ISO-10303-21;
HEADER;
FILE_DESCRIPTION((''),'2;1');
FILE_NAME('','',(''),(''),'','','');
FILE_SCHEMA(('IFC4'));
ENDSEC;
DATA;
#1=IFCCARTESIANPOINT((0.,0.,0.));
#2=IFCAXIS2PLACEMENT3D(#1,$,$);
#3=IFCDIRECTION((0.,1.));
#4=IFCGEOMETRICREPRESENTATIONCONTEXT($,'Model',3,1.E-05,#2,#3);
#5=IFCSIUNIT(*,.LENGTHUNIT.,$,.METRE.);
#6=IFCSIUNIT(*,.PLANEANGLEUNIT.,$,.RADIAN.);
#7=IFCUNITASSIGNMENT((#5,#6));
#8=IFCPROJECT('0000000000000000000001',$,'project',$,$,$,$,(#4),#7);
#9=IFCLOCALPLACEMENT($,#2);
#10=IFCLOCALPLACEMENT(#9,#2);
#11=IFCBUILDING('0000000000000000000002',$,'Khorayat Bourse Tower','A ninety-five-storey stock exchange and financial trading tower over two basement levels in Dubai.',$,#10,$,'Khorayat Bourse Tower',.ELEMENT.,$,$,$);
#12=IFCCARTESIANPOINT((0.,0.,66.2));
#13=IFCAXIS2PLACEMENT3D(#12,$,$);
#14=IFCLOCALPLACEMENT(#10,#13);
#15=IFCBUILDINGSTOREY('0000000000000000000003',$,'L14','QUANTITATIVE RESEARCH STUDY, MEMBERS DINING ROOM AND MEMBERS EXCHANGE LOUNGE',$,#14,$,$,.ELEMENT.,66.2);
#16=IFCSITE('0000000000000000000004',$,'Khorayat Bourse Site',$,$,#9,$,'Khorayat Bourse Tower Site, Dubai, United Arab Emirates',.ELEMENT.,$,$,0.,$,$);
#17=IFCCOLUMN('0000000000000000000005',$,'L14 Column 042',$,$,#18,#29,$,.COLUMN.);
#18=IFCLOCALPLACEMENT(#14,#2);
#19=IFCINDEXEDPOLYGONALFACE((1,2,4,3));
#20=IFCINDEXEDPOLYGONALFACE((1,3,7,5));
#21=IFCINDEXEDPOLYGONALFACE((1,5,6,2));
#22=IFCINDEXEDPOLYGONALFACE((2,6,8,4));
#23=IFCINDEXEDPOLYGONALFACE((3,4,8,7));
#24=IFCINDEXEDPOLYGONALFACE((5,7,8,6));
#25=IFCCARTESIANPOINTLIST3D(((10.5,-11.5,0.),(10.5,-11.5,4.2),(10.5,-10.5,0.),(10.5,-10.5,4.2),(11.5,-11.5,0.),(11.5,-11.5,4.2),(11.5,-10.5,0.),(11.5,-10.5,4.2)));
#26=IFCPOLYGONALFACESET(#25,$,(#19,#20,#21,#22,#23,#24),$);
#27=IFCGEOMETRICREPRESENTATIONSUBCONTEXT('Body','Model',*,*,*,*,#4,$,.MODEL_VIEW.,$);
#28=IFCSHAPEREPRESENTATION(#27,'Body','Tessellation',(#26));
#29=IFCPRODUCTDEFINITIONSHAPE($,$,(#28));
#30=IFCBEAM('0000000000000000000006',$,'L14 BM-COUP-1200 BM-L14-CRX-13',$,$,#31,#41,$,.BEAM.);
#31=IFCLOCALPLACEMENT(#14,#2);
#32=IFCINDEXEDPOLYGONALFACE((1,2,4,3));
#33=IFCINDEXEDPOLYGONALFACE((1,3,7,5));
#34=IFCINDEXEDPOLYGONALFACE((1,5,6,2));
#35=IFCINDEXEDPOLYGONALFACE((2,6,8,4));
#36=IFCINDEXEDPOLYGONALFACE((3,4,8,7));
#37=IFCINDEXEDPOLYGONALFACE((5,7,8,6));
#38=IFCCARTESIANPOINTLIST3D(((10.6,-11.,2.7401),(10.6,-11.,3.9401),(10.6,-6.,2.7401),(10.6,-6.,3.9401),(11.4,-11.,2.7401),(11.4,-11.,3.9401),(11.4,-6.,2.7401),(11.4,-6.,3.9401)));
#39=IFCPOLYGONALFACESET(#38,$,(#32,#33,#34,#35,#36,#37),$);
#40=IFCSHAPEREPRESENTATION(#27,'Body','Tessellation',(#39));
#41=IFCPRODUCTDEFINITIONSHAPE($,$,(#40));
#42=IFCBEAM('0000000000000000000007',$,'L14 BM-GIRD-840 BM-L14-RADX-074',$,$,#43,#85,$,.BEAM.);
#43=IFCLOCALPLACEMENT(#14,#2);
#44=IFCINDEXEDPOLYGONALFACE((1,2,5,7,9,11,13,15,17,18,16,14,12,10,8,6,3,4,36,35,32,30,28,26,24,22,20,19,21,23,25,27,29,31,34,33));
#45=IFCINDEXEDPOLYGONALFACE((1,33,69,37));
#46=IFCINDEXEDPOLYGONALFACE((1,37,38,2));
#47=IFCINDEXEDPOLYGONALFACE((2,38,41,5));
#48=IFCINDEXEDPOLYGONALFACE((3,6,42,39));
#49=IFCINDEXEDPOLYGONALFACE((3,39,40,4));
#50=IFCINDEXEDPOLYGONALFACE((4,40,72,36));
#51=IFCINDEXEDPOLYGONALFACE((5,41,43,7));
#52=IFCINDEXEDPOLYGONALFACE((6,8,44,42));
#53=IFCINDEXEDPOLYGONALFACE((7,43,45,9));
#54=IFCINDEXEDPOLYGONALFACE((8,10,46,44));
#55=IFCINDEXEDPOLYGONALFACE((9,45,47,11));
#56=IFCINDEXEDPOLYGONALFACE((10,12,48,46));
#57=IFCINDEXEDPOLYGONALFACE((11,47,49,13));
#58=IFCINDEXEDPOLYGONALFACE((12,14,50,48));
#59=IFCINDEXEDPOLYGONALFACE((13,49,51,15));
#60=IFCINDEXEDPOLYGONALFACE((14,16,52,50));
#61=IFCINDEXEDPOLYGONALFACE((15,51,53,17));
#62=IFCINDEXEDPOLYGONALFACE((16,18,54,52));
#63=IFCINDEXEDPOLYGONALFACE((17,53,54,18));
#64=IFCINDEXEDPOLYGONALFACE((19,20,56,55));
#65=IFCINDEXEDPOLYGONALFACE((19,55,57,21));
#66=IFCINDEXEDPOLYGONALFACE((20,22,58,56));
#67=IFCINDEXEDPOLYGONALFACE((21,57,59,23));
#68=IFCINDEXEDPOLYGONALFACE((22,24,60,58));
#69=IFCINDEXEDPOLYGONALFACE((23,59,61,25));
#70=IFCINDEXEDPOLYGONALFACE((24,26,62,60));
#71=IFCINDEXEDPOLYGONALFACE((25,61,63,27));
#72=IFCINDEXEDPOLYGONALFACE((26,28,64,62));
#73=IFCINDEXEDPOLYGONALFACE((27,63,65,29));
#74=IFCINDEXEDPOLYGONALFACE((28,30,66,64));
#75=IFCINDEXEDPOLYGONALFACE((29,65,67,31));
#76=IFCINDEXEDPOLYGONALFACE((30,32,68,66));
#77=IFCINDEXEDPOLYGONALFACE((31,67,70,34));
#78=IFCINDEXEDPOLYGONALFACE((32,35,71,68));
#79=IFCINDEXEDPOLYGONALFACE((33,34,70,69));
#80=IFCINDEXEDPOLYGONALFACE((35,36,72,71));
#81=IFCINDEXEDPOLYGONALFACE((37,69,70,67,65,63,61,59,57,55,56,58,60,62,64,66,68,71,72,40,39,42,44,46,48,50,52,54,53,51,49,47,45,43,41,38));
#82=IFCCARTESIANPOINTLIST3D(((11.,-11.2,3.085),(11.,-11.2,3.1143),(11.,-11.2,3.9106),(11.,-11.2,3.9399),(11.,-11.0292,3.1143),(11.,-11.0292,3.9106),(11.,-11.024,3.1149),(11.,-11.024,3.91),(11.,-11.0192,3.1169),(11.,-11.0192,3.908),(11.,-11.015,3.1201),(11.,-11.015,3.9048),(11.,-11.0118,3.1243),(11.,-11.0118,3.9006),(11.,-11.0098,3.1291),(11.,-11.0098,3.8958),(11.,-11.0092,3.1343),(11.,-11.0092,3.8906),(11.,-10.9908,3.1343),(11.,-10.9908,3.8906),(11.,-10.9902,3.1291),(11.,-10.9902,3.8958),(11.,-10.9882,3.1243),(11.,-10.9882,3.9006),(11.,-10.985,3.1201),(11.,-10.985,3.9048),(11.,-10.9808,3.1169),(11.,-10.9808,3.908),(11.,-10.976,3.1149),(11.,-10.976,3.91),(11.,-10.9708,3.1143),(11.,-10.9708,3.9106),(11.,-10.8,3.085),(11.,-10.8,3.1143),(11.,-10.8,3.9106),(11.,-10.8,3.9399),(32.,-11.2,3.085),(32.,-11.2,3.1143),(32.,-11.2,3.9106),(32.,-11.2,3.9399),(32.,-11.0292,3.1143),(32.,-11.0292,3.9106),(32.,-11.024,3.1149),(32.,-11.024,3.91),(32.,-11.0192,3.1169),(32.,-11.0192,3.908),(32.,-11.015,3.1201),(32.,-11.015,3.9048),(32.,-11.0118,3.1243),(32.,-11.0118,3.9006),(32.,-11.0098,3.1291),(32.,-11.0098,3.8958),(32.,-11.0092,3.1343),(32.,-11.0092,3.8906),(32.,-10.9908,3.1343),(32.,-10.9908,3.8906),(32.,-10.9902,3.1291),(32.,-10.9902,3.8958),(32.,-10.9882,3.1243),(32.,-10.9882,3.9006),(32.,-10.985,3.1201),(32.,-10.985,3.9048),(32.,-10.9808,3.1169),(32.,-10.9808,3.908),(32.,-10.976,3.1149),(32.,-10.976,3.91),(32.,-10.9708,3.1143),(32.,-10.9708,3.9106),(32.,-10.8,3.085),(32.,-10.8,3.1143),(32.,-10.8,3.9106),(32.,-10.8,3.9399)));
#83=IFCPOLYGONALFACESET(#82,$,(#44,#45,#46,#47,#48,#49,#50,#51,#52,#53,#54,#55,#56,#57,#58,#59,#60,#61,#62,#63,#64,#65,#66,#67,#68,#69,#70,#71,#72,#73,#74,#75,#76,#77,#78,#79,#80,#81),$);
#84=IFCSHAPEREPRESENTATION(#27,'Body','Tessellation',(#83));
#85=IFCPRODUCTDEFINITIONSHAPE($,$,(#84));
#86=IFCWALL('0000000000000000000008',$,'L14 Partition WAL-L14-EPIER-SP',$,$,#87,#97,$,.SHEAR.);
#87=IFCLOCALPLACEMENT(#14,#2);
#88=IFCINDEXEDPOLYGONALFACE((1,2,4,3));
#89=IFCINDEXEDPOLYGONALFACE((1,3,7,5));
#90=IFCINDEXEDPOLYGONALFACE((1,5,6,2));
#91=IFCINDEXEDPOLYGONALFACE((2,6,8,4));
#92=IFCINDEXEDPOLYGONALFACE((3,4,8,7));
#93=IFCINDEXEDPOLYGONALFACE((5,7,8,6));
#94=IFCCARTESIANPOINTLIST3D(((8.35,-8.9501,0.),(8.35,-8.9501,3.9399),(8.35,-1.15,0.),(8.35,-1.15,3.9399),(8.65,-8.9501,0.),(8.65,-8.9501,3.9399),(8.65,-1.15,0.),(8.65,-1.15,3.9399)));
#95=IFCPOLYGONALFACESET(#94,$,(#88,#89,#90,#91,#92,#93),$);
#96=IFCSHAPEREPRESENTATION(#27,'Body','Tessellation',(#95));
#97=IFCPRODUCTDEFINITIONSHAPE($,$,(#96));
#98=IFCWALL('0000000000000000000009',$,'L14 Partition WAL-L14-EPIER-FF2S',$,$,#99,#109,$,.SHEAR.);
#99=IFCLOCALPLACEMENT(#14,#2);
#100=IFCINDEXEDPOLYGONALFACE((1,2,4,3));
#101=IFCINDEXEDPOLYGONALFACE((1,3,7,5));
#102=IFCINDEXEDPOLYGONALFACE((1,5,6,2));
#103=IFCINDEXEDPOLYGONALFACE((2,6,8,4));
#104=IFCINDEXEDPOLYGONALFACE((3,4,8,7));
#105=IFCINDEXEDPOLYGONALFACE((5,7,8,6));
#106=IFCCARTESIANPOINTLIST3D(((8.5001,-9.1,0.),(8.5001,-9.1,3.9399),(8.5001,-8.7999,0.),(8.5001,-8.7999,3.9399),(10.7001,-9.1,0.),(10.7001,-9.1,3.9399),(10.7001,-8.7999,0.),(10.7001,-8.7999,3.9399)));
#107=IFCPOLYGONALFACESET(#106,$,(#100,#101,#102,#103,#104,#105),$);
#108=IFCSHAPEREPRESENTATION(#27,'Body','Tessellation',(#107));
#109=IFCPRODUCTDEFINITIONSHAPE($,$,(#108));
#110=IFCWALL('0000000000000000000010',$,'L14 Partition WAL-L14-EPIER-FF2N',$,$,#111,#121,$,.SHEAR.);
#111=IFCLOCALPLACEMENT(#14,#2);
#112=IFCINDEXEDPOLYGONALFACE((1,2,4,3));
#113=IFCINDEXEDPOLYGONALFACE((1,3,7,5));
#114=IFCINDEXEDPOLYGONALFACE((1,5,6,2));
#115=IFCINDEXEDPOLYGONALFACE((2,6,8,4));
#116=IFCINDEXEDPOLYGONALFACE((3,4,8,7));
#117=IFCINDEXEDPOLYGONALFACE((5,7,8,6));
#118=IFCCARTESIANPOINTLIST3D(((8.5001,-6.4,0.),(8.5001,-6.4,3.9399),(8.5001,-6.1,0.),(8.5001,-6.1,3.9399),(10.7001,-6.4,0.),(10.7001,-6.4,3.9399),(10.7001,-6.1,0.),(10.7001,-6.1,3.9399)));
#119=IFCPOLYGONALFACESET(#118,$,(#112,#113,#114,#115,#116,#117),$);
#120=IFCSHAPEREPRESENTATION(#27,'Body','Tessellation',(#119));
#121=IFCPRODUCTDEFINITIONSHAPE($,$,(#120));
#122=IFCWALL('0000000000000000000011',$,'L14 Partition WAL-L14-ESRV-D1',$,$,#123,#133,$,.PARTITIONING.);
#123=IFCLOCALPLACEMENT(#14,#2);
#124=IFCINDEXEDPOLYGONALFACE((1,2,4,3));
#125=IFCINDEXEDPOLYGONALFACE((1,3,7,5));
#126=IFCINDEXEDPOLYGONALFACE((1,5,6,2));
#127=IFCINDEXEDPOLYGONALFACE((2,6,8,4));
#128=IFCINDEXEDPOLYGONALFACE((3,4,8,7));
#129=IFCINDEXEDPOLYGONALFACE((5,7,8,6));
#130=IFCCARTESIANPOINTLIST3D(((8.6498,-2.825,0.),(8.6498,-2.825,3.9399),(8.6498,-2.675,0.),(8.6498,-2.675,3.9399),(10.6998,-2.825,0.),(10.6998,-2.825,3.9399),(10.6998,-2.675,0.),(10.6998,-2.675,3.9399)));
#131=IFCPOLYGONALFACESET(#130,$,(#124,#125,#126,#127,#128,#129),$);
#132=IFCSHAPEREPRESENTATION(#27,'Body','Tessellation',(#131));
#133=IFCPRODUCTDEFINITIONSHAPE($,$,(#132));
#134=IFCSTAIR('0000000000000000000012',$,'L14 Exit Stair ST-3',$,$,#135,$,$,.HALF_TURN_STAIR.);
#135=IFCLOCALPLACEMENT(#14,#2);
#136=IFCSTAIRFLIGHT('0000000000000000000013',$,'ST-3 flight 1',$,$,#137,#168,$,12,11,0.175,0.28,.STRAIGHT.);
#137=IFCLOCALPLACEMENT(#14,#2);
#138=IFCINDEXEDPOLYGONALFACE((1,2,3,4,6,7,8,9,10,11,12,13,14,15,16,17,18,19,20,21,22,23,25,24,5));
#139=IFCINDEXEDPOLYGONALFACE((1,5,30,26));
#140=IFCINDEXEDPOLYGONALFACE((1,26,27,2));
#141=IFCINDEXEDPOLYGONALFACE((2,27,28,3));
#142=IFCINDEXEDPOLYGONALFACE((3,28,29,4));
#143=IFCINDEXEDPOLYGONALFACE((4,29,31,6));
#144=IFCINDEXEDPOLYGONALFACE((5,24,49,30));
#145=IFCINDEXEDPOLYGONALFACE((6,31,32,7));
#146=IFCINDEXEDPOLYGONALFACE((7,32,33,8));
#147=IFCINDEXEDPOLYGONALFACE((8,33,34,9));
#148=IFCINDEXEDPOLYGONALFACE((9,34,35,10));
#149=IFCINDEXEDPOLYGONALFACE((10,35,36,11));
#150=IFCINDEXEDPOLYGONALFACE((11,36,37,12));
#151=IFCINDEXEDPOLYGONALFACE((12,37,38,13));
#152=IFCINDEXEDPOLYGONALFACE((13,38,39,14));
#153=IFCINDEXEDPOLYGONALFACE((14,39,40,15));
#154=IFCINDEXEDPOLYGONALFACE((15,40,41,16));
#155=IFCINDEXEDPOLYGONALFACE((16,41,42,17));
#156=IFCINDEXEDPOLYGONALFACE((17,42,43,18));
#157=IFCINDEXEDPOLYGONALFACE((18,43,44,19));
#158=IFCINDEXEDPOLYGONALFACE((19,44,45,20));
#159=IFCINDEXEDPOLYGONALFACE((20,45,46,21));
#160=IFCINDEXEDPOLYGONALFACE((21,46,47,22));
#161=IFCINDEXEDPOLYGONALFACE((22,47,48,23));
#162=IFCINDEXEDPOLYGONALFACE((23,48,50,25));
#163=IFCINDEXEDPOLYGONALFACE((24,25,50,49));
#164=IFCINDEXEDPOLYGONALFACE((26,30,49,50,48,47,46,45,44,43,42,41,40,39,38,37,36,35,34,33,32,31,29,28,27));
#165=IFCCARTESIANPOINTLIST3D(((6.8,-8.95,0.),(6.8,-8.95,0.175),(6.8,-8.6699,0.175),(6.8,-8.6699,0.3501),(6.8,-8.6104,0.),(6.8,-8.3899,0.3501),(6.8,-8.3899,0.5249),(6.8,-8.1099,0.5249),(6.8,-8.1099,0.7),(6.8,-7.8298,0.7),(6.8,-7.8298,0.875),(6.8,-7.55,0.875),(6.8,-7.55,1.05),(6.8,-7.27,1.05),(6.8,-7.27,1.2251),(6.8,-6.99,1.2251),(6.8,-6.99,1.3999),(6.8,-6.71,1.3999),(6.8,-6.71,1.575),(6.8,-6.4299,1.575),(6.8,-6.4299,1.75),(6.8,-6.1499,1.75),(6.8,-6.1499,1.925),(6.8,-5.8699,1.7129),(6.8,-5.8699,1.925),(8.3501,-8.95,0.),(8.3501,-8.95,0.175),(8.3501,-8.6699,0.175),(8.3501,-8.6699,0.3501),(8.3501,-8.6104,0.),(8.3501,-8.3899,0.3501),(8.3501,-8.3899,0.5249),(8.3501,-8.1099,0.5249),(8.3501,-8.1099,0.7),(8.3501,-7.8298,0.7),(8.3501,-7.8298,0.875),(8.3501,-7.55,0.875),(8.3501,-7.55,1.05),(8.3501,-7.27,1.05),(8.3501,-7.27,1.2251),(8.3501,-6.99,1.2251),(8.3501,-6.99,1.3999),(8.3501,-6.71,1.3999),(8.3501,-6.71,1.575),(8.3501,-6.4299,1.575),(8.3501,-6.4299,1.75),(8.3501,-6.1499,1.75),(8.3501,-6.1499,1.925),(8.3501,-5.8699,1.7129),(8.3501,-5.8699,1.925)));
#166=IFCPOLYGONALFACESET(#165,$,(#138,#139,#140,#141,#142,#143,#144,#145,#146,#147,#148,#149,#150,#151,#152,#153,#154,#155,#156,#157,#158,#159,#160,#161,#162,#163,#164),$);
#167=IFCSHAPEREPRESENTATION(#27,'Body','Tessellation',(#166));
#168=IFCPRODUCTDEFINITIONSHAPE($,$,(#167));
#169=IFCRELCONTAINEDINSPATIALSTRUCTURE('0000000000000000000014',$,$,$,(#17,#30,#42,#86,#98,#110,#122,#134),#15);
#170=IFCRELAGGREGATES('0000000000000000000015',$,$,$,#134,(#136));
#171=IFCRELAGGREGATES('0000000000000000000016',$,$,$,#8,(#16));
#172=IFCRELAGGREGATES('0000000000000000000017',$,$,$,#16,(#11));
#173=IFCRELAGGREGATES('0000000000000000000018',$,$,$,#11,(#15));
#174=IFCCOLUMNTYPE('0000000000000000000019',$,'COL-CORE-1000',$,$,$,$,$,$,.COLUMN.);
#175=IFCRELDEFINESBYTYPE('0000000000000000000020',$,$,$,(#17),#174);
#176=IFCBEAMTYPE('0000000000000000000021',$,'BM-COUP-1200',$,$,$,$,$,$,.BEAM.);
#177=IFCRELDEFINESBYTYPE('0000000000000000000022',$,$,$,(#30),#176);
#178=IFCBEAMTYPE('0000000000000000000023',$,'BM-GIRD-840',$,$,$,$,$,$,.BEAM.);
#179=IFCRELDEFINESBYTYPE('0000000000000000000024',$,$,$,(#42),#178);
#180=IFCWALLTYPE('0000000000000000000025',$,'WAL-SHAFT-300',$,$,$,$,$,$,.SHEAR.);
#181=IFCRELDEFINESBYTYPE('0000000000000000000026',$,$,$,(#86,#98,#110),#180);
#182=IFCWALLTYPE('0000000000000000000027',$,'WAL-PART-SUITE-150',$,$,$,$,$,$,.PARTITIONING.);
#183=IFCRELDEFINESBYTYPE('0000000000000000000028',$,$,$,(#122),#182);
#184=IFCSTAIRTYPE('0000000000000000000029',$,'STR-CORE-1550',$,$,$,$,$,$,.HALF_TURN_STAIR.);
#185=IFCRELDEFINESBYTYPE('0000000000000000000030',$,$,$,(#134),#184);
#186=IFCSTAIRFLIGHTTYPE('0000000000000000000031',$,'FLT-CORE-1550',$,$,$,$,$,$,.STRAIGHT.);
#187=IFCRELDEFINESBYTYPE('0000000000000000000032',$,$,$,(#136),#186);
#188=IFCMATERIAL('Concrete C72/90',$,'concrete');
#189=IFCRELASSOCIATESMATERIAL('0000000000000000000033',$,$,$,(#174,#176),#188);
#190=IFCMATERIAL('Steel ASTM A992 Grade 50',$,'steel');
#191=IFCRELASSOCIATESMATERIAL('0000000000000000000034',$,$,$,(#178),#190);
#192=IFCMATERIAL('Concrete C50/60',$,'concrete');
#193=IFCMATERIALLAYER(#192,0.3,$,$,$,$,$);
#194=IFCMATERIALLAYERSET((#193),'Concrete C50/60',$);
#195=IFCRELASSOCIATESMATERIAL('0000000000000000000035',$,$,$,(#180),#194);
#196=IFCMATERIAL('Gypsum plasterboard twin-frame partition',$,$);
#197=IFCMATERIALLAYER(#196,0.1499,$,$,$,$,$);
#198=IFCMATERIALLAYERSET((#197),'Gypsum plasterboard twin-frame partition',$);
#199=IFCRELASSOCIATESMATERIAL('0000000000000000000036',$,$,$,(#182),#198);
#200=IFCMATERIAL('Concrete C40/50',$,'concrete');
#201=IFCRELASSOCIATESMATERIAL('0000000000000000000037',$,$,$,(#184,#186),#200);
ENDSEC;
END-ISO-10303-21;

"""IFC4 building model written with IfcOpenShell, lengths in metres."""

from ifc_helpers import new_model, si_unit, direction, frame, frame_2d, origin, origin_2d, place, context, subcontext, project, spatial, polyline, rectangle, i_section, outline, extrude, source, transform, mapped, material, layer, layer_set, material_profile, profile_set, type_object, element, aggregate, save


model = new_model("IFC4")

# Units and contexts
model_context = context("Model", 3, precision=1e-05, world=origin(), true_north=direction((0.0, 1.0)))
body_context = subcontext(model_context, "Body", "Model", "MODEL_VIEW")
ifc_project = project(units=[si_unit("LENGTHUNIT", "METRE"), si_unit("PLANEANGLEUNIT", "RADIAN")], contexts=[model_context])

# Site, building, storey
site_placement = place(None, origin())
site = spatial("IfcSite", under=ifc_project, at=site_placement, Name="Khorayat Bourse Site", LongName="Khorayat Bourse Tower Site, Dubai, United Arab Emirates", CompositionType="ELEMENT", RefElevation=0.0)
building_placement = place(site_placement, origin())
building = spatial("IfcBuilding", under=site, at=building_placement, Name="Khorayat Bourse Tower", Description="A ninety-five-storey stock exchange and financial trading tower over two basement levels in Dubai.", LongName="Khorayat Bourse Tower", CompositionType="ELEMENT")
storey_placement = place(building_placement, frame((0.0, 0.0, 66.2)))
storey = spatial("IfcBuildingStorey", under=building, at=storey_placement, Name="L14", Description="QUANTITATIVE RESEARCH STUDY, MEMBERS DINING ROOM AND MEMBERS EXCHANGE LOUNGE", CompositionType="ELEMENT", Elevation=66.2)

# Column
ifc_material_1 = material(Name="Concrete C72/90", Category="concrete")
ifc_material_profile_1 = material_profile(ifc_material_1, rectangle(XDim=1.0, YDim=1.0, at=origin_2d()), Name="RC 1000x1000")
ifc_profile_set_1 = profile_set([ifc_material_profile_1], Name="Concrete C72/90")
column_type = type_object("IfcColumnType", Name="COL-CORE-1000", PredefinedType="COLUMN", material=ifc_profile_set_1)
shared_shape_1 = source(origin(), body_context, "Body", "SweptSolid", [
    extrude(rectangle(XDim=1.0, YDim=1.0, at=origin_2d()), origin(), (0.0, 0.0, 1.0), 4.2),
])
column_placement = place(storey_placement, frame((11.0, -11.0, 0.0), z_axis=(0.0, 0.0, 1.0), x_axis=(1.0, 0.0, 0.0)))
element("IfcColumn", 1, at=column_placement, inside=storey, type_object=column_type, Name="L14 Column 042", PredefinedType="COLUMN", context=body_context, shape_type="MappedRepresentation", body=[
    mapped(shared_shape_1, transform((0.0, 0.0, 0.0), scale=1.0)),
])

# Beams
ifc_material_profile_2 = material_profile(ifc_material_1, rectangle(XDim=0.8, YDim=1.2, at=origin_2d()), Name="RC 800x1200")
ifc_profile_set_2 = profile_set([ifc_material_profile_2], Name="Concrete C72/90")
beam_type_1 = type_object("IfcBeamType", Name="BM-COUP-1200", PredefinedType="BEAM", material=ifc_profile_set_2)
shared_shape_2 = source(origin(), body_context, "Body", "SweptSolid", [
    extrude(rectangle(XDim=0.8, YDim=1.2, at=origin_2d()), origin(), (0.0, 0.0, 1.0), 5.0),
])
beam_1_placement = place(storey_placement, frame((11.0, -11.0, 3.3401), z_axis=(0.0, 1.0, 0.0), x_axis=(-1.0, 0.0, 0.0)))
element("IfcBeam", 2, at=beam_1_placement, inside=storey, type_object=beam_type_1, Name="L14 BM-COUP-1200 BM-L14-CRX-13", PredefinedType="BEAM", context=body_context, shape_type="MappedRepresentation", body=[
    mapped(shared_shape_2, transform((0.0, 0.0, 0.0), scale=1.0)),
])
ifc_material_2 = material(Name="Steel ASTM A992 Grade 50", Category="steel")
ifc_material_profile_3 = material_profile(ifc_material_2, i_section(OverallWidth=0.3999, OverallDepth=0.855, WebThickness=0.0183, FlangeThickness=0.0293, FilletRadius=0.02, at=origin_2d()), Name="W840X299")
ifc_profile_set_3 = profile_set([ifc_material_profile_3], Name="Steel ASTM A992 Grade 50")
beam_type_2 = type_object("IfcBeamType", Name="BM-GIRD-840", PredefinedType="BEAM", material=ifc_profile_set_3)
shared_shape_3 = source(origin(), body_context, "Body", "SweptSolid", [
    extrude(i_section(OverallWidth=0.3999, OverallDepth=0.855, WebThickness=0.0183, FlangeThickness=0.0293, FilletRadius=0.02, at=origin_2d()), origin(), (0.0, 0.0, 1.0), 21.0),
])
beam_2_placement = place(storey_placement, frame((11.0, -11.0, 3.5125), z_axis=(1.0, 0.0, 0.0), x_axis=(0.0, 1.0, 0.0)))
element("IfcBeam", 3, at=beam_2_placement, inside=storey, type_object=beam_type_2, Name="L14 BM-GIRD-840 BM-L14-RADX-074", PredefinedType="BEAM", context=body_context, shape_type="MappedRepresentation", body=[
    mapped(shared_shape_3, transform((0.0, 0.0, 0.0), scale=1.0)),
])

# Walls
ifc_material_3 = material(Name="Concrete C50/60", Category="concrete")
ifc_layer_1 = layer(ifc_material_3, 0.3)
ifc_layer_set_1 = layer_set([ifc_layer_1], Name="Concrete C50/60")
wall_type_1 = type_object("IfcWallType", Name="WAL-SHAFT-300", PredefinedType="SHEAR", material=ifc_layer_set_1)
shared_shape_4 = source(origin(), body_context, "Body", "SweptSolid", [
    extrude(rectangle(XDim=7.8, YDim=0.3, at=frame_2d((3.8999, 0.0))), origin(), (0.0, 0.0, 1.0), 3.9399),
])
wall_1_placement = place(storey_placement, frame((8.5, -8.95, 0.0), z_axis=(0.0, 0.0, 1.0), x_axis=(0.0, 1.0, 0.0)))
element("IfcWall", 4, at=wall_1_placement, inside=storey, type_object=wall_type_1, Name="L14 Partition WAL-L14-EPIER-SP", PredefinedType="SHEAR", context=body_context, shape_type="MappedRepresentation", body=[
    mapped(shared_shape_4, transform((0.0, 0.0, 0.0), scale=1.0)),
])
shared_shape_5 = source(origin(), body_context, "Body", "SweptSolid", [
    extrude(rectangle(XDim=2.2, YDim=0.3, at=frame_2d((1.1001, 0.0))), origin(), (0.0, 0.0, 1.0), 3.9399),
])
for number, where, z_axis, x_axis, name in (
    (5, (8.5, -8.95, 0.0), (0.0, 0.0, 1.0), (1.0, 0.0, 0.0), "L14 Partition WAL-L14-EPIER-FF2S"),
    (6, (8.5, -6.25, 0.0), (0.0, 0.0, 1.0), (1.0, 0.0, 0.0), "L14 Partition WAL-L14-EPIER-FF2N"),
):
    element("IfcWall", number, at=place(storey_placement, frame(where, z_axis=z_axis, x_axis=x_axis)), inside=storey, type_object=wall_type_1, Name=name, PredefinedType="SHEAR", context=body_context, shape_type="MappedRepresentation", body=[
        mapped(shared_shape_5, transform((0.0, 0.0, 0.0), scale=1.0)),
    ])
ifc_material_4 = material(Name="Gypsum plasterboard twin-frame partition")
ifc_layer_2 = layer(ifc_material_4, 0.1499)
ifc_layer_set_2 = layer_set([ifc_layer_2], Name="Gypsum plasterboard twin-frame partition")
wall_type_2 = type_object("IfcWallType", Name="WAL-PART-SUITE-150", PredefinedType="PARTITIONING", material=ifc_layer_set_2)
shared_shape_6 = source(origin(), body_context, "Body", "SweptSolid", [
    extrude(rectangle(XDim=2.05, YDim=0.1499, at=frame_2d((1.0249, 0.0))), origin(), (0.0, 0.0, 1.0), 3.9399),
])
wall_2_placement = place(storey_placement, frame((8.6499, -2.75, 0.0), z_axis=(0.0, 0.0, 1.0), x_axis=(1.0, 0.0, 0.0)))
element("IfcWall", 7, at=wall_2_placement, inside=storey, type_object=wall_type_2, Name="L14 Partition WAL-L14-ESRV-D1", PredefinedType="PARTITIONING", context=body_context, shape_type="MappedRepresentation", body=[
    mapped(shared_shape_6, transform((0.0, 0.0, 0.0), scale=1.0)),
])

# Stair, stair flight
ifc_material_5 = material(Name="Concrete C40/50", Category="concrete")
stair_type = type_object("IfcStairType", Name="STR-CORE-1550", PredefinedType="HALF_TURN_STAIR", material=ifc_material_5)
stair_placement = place(storey_placement, origin())
stair = element("IfcStair", 8, at=stair_placement, inside=storey, type_object=stair_type, Name="L14 Exit Stair ST-3", PredefinedType="HALF_TURN_STAIR")
stair_flight_type = type_object("IfcStairFlightType", Name="FLT-CORE-1550", PredefinedType="STRAIGHT", material=ifc_material_5)
shared_shape_7 = source(origin(), body_context, "Body", "SweptSolid", [
    extrude(outline(polyline([(0.0, 0.0), (0.0, 0.175), (0.28, 0.175), (0.28, 0.3501), (0.5601, 0.3501), (0.5601, 0.5249), (0.8401, 0.5249), (0.8401, 0.7), (1.1201, 0.7), (1.1201, 0.875), (1.3999, 0.875), (1.3999, 1.05), (1.6799, 1.05), (1.6799, 1.2251), (1.96, 1.2251), (1.96, 1.3999), (2.24, 1.3999), (2.24, 1.575), (2.52, 1.575), (2.52, 1.75), (2.8, 1.75), (2.8, 1.925), (3.0801, 1.925), (3.0801, 2.1001), (3.0801, 1.7129), (0.3396, 0.0), (0.0, 0.0)])), frame((0.0, 0.7749, 0.0), z_axis=(0.0, -1.0, 0.0), x_axis=(1.0, 0.0, 0.0)), (0.0, 0.0, 1.0), 1.55),
])
stair_flight_placement = place(storey_placement, frame((7.575, -8.95, 0.0), z_axis=(0.0, 0.0, 1.0), x_axis=(0.0, 1.0, 0.0)))
stair_flight = element("IfcStairFlight", 9, at=stair_flight_placement, type_object=stair_flight_type, Name="ST-3 flight 1", NumberOfRisers=12, NumberOfTreads=11, PredefinedType="STRAIGHT", RiserHeight=0.175, TreadLength=0.28, context=body_context, shape_type="MappedRepresentation", body=[
    mapped(shared_shape_7, transform((0.0, 0.0, 0.0), scale=1.0)),
])
aggregate(stair, [stair_flight])

save(model, "model.ifc")
